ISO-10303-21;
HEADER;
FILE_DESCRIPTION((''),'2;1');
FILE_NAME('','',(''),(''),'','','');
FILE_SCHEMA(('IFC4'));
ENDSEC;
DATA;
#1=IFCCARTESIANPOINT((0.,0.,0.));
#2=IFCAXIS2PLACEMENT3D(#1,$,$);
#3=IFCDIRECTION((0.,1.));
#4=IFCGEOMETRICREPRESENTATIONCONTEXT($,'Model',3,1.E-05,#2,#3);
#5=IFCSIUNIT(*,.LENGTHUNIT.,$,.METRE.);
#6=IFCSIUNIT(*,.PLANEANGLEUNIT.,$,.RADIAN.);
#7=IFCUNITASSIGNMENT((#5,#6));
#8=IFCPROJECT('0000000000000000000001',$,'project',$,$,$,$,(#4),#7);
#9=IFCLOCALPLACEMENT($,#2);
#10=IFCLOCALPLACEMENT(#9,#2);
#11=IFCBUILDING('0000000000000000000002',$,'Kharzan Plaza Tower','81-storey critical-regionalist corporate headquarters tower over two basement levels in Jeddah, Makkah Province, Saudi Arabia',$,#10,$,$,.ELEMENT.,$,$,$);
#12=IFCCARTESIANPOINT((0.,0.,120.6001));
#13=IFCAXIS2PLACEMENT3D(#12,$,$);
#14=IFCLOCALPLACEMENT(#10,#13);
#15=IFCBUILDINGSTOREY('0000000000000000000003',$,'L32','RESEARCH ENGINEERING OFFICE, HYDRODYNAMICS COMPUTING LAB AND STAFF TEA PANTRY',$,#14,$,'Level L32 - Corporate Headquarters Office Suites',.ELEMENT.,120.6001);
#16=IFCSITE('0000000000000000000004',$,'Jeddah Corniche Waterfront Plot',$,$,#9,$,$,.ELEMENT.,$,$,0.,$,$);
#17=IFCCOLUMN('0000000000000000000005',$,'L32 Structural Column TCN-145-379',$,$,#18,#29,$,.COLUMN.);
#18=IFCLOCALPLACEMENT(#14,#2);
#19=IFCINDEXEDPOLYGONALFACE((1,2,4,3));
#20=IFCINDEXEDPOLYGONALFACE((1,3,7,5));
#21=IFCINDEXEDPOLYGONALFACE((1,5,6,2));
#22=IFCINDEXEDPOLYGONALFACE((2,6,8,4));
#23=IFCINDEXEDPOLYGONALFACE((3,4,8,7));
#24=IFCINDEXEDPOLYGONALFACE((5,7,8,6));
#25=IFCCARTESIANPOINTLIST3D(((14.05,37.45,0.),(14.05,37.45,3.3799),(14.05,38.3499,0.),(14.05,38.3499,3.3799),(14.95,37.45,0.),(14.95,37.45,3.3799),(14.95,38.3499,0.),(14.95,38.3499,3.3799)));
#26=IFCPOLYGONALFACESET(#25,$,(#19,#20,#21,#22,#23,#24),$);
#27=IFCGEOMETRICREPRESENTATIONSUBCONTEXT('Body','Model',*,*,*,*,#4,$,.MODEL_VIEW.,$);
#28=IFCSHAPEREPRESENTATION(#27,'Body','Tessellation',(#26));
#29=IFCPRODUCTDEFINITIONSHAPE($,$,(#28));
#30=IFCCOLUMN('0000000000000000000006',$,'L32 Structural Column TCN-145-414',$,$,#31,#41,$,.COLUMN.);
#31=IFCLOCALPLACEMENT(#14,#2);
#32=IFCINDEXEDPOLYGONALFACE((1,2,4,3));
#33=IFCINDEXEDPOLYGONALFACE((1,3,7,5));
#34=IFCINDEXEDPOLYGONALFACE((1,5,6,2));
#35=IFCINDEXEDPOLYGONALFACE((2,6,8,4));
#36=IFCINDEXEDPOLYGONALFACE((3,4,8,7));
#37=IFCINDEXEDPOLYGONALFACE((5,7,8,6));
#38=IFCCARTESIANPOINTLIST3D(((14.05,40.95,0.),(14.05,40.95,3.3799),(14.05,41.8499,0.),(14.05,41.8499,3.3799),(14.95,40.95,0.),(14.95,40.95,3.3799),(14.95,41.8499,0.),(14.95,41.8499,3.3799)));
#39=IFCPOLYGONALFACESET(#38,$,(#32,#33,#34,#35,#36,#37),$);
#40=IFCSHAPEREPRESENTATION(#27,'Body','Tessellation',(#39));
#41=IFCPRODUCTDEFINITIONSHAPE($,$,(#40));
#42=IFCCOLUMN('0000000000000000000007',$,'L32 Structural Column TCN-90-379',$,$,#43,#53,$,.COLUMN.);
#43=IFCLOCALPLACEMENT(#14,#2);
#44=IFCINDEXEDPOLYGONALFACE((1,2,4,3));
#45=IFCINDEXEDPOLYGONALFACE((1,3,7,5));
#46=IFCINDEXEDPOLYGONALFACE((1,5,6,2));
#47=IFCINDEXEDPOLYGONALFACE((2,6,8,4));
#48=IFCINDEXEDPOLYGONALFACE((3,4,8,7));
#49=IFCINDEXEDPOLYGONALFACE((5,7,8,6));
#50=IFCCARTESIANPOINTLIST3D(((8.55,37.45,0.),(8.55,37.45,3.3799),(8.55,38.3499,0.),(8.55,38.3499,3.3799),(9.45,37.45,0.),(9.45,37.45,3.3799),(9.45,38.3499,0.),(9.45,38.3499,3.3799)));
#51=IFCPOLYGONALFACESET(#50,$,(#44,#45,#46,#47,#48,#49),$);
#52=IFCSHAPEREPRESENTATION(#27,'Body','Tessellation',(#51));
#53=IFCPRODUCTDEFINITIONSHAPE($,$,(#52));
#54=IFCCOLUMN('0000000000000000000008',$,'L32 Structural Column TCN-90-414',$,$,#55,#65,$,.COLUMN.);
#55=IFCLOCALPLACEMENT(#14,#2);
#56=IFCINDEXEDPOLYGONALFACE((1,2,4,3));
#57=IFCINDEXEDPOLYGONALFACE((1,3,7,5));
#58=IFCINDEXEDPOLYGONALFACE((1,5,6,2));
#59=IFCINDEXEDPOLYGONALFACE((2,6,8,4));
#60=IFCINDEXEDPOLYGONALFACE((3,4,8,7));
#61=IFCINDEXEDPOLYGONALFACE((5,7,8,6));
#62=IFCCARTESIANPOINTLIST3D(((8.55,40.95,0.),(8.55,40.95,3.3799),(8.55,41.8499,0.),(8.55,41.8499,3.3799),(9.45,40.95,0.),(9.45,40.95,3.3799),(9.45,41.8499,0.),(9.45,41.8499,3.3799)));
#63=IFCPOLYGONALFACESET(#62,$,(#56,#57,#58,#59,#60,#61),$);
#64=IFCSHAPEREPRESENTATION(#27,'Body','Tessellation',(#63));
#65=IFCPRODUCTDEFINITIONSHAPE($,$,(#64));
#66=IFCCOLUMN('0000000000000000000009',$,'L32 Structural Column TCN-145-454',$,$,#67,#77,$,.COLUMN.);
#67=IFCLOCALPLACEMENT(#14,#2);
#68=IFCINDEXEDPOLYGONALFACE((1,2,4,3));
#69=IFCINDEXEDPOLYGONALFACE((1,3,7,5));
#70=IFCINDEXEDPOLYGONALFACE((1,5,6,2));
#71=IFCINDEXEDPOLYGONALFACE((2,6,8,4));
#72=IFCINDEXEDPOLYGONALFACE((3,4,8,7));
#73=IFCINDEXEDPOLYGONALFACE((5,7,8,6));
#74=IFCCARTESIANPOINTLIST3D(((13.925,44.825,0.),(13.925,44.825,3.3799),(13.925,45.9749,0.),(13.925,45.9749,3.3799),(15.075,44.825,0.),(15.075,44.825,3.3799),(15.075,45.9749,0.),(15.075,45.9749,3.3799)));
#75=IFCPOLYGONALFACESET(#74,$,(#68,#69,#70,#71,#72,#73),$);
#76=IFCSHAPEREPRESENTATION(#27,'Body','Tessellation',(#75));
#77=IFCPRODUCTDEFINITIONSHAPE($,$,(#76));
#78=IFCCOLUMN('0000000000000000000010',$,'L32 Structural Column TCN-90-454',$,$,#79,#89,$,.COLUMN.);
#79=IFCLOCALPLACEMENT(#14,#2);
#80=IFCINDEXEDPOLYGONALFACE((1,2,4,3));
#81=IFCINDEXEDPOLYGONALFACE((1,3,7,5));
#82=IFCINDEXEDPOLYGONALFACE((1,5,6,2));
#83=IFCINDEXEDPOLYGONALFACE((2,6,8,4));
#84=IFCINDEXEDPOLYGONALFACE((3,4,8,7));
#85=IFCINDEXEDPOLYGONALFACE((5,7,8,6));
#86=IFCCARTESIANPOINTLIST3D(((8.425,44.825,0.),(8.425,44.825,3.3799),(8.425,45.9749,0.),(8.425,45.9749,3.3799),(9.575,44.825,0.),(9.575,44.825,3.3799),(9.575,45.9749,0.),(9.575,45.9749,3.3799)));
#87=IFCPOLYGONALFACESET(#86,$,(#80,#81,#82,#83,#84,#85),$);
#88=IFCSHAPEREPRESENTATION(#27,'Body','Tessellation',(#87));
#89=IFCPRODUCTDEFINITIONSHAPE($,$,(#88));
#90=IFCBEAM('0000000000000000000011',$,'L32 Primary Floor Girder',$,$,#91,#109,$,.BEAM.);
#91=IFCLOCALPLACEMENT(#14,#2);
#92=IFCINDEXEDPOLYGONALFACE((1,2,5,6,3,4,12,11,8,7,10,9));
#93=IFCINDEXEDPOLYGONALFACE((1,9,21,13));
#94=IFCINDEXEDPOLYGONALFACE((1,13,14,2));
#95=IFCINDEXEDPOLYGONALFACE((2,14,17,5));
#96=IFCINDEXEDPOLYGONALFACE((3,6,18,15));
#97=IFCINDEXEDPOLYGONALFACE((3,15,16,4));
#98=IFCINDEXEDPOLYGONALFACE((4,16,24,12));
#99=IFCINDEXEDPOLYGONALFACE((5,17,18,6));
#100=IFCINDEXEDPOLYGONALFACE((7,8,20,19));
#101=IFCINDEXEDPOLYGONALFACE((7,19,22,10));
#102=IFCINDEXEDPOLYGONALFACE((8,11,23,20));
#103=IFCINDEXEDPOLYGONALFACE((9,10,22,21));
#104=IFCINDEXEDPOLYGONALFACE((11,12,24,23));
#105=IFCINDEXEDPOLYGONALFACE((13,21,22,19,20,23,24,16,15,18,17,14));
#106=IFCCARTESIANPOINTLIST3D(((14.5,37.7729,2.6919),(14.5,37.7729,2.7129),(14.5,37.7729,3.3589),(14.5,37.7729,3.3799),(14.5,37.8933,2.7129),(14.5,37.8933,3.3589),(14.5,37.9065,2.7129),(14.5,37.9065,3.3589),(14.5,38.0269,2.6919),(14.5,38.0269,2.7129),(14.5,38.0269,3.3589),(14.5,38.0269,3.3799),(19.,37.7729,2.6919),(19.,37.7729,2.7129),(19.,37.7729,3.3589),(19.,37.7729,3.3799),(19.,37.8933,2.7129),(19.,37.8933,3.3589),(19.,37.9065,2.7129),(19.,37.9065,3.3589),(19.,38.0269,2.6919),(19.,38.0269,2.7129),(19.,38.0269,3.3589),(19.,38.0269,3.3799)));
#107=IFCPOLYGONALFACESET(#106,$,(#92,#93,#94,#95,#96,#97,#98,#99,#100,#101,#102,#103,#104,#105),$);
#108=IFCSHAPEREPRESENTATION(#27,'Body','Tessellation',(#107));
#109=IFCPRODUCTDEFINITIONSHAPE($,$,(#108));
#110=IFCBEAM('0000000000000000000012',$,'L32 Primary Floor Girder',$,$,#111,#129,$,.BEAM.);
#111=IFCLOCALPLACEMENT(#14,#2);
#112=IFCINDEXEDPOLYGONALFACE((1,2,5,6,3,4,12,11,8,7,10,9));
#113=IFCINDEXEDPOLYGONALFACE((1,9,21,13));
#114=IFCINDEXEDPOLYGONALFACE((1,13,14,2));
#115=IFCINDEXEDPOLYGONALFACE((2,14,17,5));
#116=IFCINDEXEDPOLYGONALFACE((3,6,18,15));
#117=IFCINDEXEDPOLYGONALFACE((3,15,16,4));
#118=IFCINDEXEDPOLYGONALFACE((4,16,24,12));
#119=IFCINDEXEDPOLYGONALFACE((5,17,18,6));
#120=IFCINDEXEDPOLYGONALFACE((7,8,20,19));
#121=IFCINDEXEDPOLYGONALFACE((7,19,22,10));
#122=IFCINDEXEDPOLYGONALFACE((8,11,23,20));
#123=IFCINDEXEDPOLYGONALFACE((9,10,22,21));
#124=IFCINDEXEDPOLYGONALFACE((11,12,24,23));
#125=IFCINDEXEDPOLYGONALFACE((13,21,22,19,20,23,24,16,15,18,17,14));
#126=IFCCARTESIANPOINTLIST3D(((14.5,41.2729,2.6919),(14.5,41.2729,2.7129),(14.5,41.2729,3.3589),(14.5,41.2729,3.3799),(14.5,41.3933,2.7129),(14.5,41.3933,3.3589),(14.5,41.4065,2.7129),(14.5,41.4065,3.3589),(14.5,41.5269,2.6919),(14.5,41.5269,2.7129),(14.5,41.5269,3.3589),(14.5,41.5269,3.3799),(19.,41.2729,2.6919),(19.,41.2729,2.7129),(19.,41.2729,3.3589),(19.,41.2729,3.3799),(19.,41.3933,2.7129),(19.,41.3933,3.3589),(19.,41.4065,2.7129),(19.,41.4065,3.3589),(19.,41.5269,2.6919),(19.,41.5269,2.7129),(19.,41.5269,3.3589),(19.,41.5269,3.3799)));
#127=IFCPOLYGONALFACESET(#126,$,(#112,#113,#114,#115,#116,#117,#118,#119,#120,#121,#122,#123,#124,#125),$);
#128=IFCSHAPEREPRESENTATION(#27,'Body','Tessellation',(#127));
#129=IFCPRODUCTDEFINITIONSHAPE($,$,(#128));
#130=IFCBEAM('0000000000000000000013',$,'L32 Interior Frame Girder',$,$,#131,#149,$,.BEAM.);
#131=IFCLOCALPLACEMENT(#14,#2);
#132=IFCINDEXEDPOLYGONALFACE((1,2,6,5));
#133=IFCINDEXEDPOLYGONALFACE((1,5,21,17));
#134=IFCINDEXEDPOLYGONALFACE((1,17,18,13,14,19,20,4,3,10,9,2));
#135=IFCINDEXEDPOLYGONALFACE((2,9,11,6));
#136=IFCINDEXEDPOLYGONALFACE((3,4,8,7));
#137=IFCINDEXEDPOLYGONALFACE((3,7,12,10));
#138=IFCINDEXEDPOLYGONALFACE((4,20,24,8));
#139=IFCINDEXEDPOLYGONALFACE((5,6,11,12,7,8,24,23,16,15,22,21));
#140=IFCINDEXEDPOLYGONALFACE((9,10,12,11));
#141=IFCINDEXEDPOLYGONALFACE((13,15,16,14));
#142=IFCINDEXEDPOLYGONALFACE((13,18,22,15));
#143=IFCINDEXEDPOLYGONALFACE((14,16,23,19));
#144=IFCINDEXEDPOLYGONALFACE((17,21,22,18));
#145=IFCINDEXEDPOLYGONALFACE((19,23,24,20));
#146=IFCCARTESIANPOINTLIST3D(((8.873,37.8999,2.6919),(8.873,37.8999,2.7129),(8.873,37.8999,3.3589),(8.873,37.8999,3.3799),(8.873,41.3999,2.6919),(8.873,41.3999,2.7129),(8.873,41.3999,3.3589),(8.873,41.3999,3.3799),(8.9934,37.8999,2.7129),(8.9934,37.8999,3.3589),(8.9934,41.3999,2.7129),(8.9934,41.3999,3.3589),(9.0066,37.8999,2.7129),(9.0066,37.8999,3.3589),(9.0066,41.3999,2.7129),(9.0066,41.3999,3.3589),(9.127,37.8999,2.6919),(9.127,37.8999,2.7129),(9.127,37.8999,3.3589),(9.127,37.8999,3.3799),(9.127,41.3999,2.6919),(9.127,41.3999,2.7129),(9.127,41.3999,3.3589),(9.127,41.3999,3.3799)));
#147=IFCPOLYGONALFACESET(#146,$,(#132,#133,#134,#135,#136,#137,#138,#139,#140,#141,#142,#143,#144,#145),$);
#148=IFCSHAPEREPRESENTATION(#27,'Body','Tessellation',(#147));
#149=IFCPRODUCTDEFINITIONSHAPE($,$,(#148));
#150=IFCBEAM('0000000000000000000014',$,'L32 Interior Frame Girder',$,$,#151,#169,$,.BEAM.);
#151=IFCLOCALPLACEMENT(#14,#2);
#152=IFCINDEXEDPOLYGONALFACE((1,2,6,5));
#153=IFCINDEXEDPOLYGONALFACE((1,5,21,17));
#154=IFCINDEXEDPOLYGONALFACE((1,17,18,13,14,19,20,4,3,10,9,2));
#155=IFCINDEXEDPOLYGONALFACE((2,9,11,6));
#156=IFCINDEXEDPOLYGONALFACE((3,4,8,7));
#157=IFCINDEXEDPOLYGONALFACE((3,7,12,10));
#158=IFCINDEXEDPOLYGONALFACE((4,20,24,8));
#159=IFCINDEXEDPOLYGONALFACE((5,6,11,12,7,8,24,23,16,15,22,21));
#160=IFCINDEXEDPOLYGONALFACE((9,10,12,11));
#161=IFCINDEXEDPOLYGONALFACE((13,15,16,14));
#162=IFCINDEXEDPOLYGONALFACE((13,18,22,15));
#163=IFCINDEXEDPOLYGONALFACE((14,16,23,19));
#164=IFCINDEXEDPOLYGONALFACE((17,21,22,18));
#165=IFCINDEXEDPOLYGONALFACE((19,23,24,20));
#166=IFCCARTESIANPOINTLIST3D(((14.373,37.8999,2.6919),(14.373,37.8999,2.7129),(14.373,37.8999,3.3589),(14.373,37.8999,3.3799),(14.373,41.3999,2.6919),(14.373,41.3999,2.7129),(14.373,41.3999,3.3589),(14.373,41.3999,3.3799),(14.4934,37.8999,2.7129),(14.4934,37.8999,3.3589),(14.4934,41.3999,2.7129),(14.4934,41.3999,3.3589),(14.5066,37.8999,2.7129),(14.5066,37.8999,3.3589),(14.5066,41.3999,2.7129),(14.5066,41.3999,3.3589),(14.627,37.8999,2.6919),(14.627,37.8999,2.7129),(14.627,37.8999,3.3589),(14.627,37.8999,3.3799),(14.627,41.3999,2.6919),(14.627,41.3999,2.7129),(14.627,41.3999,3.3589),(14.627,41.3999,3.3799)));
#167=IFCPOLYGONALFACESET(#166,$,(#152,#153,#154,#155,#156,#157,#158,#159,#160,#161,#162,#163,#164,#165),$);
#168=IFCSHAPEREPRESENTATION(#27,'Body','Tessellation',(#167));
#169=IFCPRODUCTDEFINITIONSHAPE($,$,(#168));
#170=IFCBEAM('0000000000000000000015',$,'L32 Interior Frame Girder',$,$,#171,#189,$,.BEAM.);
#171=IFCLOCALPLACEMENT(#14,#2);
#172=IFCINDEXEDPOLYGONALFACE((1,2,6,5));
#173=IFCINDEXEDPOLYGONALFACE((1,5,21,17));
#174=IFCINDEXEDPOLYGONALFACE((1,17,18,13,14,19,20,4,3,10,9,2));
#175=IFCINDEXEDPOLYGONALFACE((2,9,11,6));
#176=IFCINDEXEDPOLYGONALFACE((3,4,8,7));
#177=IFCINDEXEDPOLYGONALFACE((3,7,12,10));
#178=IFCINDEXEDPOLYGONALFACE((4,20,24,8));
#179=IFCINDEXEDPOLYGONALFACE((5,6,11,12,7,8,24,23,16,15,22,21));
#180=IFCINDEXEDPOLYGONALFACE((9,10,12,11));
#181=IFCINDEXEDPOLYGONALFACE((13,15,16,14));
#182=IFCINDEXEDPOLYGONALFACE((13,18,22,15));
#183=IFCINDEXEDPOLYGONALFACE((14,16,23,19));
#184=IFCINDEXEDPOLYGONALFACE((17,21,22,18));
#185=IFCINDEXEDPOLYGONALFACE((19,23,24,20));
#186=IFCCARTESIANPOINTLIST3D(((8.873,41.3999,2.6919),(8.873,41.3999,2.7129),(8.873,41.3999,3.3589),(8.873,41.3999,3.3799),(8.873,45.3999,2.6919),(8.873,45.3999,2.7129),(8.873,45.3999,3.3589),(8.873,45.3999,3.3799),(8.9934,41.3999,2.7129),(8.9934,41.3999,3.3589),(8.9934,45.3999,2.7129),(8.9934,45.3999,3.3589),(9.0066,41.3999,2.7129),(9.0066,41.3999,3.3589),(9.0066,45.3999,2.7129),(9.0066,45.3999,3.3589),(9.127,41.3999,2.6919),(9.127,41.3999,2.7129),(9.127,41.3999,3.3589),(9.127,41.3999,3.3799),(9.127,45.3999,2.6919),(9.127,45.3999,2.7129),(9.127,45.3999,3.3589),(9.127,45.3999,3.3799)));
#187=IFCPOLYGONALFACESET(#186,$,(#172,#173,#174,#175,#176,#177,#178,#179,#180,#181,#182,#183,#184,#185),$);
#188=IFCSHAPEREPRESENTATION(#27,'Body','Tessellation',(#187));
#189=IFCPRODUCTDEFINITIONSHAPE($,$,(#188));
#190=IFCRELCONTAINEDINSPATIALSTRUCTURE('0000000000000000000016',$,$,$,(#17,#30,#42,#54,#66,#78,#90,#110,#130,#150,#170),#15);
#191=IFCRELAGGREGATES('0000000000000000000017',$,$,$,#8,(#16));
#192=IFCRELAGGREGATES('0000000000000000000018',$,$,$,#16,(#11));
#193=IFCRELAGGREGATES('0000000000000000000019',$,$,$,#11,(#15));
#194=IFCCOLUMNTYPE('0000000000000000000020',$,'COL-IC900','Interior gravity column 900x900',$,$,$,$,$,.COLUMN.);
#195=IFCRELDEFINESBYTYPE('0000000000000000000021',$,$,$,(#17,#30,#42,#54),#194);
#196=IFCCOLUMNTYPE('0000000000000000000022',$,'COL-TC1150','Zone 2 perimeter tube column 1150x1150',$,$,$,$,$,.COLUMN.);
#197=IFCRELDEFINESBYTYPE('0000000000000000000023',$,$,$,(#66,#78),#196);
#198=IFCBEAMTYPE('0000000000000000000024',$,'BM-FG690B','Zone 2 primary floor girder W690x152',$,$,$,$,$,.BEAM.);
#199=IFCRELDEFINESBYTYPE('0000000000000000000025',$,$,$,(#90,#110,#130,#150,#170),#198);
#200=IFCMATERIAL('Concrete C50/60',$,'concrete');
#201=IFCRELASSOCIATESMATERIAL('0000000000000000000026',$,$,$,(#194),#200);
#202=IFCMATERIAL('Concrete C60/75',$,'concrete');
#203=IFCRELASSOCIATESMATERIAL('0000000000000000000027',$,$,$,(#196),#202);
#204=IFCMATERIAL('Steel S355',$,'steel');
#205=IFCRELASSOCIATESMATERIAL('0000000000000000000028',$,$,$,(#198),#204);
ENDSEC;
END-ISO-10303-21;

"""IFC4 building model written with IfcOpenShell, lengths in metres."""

from ifc_helpers import new_model, si_unit, direction, frame, origin, origin_2d, place, context, subcontext, project, spatial, rectangle, i_section, extrude, source, transform, mapped, material, material_profile, profile_set, type_object, element, save


model = new_model("IFC4")

# Units and contexts
model_context = context("Model", 3, precision=1e-05, world=origin(), true_north=direction((0.0, 1.0)))
body_context = subcontext(model_context, "Body", "Model", "MODEL_VIEW")
ifc_project = project(units=[si_unit("LENGTHUNIT", "METRE"), si_unit("PLANEANGLEUNIT", "RADIAN")], contexts=[model_context])

# Site, building, storey
site_placement = place(None, origin())
site = spatial("IfcSite", under=ifc_project, at=site_placement, Name="Jeddah Corniche Waterfront Plot", CompositionType="ELEMENT", RefElevation=0.0)
building_placement = place(site_placement, origin())
building = spatial("IfcBuilding", under=site, at=building_placement, Name="Kharzan Plaza Tower", Description="81-storey critical-regionalist corporate headquarters tower over two basement levels in Jeddah, Makkah Province, Saudi Arabia", CompositionType="ELEMENT")
storey_placement = place(building_placement, frame((0.0, 0.0, 120.6001)))
storey = spatial("IfcBuildingStorey", under=building, at=storey_placement, Name="L32", Description="RESEARCH ENGINEERING OFFICE, HYDRODYNAMICS COMPUTING LAB AND STAFF TEA PANTRY", LongName="Level L32 - Corporate Headquarters Office Suites", CompositionType="ELEMENT", Elevation=120.6001)

# Columns
ifc_material_1 = material(Name="Concrete C50/60", Category="concrete")
ifc_material_profile_1 = material_profile(ifc_material_1, rectangle(XDim=0.8999, YDim=0.8999, at=origin_2d()), Name="RC-IC900x900")
ifc_profile_set_1 = profile_set([ifc_material_profile_1], Name="Concrete C50/60")
column_type_1 = type_object("IfcColumnType", Name="COL-IC900", Description="Interior gravity column 900x900", PredefinedType="COLUMN", material=ifc_profile_set_1)
shared_shape_1 = source(origin(), body_context, "Body", "SweptSolid", [
    extrude(rectangle(XDim=0.8999, YDim=0.8999, at=origin_2d()), origin(), (0.0, 0.0, 1.0), 3.3799),
])
for number, where, z_axis, x_axis, name in (
    (1, (14.5, 37.8999, 0.0), (0.0, 0.0, 1.0), (1.0, 0.0, 0.0), "L32 Structural Column TCN-145-379"),
    (2, (14.5, 41.3999, 0.0), (0.0, 0.0, 1.0), (1.0, 0.0, 0.0), "L32 Structural Column TCN-145-414"),
    (3, (9.0, 37.8999, 0.0), (0.0, 0.0, 1.0), (1.0, 0.0, 0.0), "L32 Structural Column TCN-90-379"),
    (4, (9.0, 41.3999, 0.0), (0.0, 0.0, 1.0), (1.0, 0.0, 0.0), "L32 Structural Column TCN-90-414"),
):
    element("IfcColumn", number, at=place(storey_placement, frame(where, z_axis=z_axis, x_axis=x_axis)), inside=storey, type_object=column_type_1, Name=name, PredefinedType="COLUMN", context=body_context, shape_type="MappedRepresentation", body=[
        mapped(shared_shape_1, transform((0.0, 0.0, 0.0), x_axis=(1.0, 0.0, 0.0), y_axis=(0.0, 1.0, 0.0), z_axis=(0.0, 0.0, 1.0))),
    ])
ifc_material_2 = material(Name="Concrete C60/75", Category="concrete")
ifc_material_profile_2 = material_profile(ifc_material_2, rectangle(XDim=1.1499, YDim=1.1499, at=origin_2d()), Name="RC-TC1150x1150")
ifc_profile_set_2 = profile_set([ifc_material_profile_2], Name="Concrete C60/75")
column_type_2 = type_object("IfcColumnType", Name="COL-TC1150", Description="Zone 2 perimeter tube column 1150x1150", PredefinedType="COLUMN", material=ifc_profile_set_2)
shared_shape_2 = source(origin(), body_context, "Body", "SweptSolid", [
    extrude(rectangle(XDim=1.1499, YDim=1.1499, at=origin_2d()), origin(), (0.0, 0.0, 1.0), 3.3799),
])
for number, where, z_axis, x_axis, name in (
    (5, (14.5, 45.3999, 0.0), (0.0, 0.0, 1.0), (1.0, 0.0, 0.0), "L32 Structural Column TCN-145-454"),
    (6, (9.0, 45.3999, 0.0), (0.0, 0.0, 1.0), (1.0, 0.0, 0.0), "L32 Structural Column TCN-90-454"),
):
    element("IfcColumn", number, at=place(storey_placement, frame(where, z_axis=z_axis, x_axis=x_axis)), inside=storey, type_object=column_type_2, Name=name, PredefinedType="COLUMN", context=body_context, shape_type="MappedRepresentation", body=[
        mapped(shared_shape_2, transform((0.0, 0.0, 0.0), x_axis=(1.0, 0.0, 0.0), y_axis=(0.0, 1.0, 0.0), z_axis=(0.0, 0.0, 1.0))),
    ])

# Beams
ifc_material_3 = material(Name="Steel S355", Category="steel")
ifc_material_profile_3 = material_profile(ifc_material_3, i_section(OverallWidth=0.2539, OverallDepth=0.688, WebThickness=0.0132, FlangeThickness=0.021, at=origin_2d()), Name="W690x152")
ifc_profile_set_3 = profile_set([ifc_material_profile_3], Name="Steel S355")
beam_type_1 = type_object("IfcBeamType", Name="BM-FG690B", Description="Zone 2 primary floor girder W690x152", PredefinedType="BEAM", material=ifc_profile_set_3)
shared_shape_3 = source(origin(), body_context, "Body", "SweptSolid", [
    extrude(i_section(OverallWidth=0.2539, OverallDepth=0.688, WebThickness=0.0132, FlangeThickness=0.021, at=origin_2d()), origin(), (0.0, 0.0, 1.0), 4.5),
])
for number, where, z_axis, x_axis, name in (
    (7, (14.5, 37.8999, 3.0359), (1.0, 0.0, 0.0), (0.0, 1.0, 0.0), "L32 Primary Floor Girder"),
    (8, (14.5, 41.3999, 3.0359), (1.0, 0.0, 0.0), (0.0, 1.0, 0.0), "L32 Primary Floor Girder"),
):
    element("IfcBeam", number, at=place(storey_placement, frame(where, z_axis=z_axis, x_axis=x_axis)), inside=storey, type_object=beam_type_1, Name=name, PredefinedType="BEAM", context=body_context, shape_type="MappedRepresentation", body=[
        mapped(shared_shape_3, transform((0.0, 0.0, 0.0), x_axis=(1.0, 0.0, 0.0), y_axis=(0.0, 1.0, 0.0), z_axis=(0.0, 0.0, 1.0))),
    ])
shared_shape_4 = source(origin(), body_context, "Body", "SweptSolid", [
    extrude(i_section(OverallWidth=0.2539, OverallDepth=0.688, WebThickness=0.0132, FlangeThickness=0.021, at=origin_2d()), origin(), (0.0, 0.0, 1.0), 3.5),
])
for number, where, z_axis, x_axis, name in (
    (9, (9.0, 37.8999, 3.0359), (0.0, 1.0, 0.0), (-1.0, 0.0, 0.0), "L32 Interior Frame Girder"),
    (10, (14.5, 37.8999, 3.0359), (0.0, 1.0, 0.0), (-1.0, 0.0, 0.0), "L32 Interior Frame Girder"),
):
    element("IfcBeam", number, at=place(storey_placement, frame(where, z_axis=z_axis, x_axis=x_axis)), inside=storey, type_object=beam_type_1, Name=name, PredefinedType="BEAM", context=body_context, shape_type="MappedRepresentation", body=[
        mapped(shared_shape_4, transform((0.0, 0.0, 0.0), x_axis=(1.0, 0.0, 0.0), y_axis=(0.0, 1.0, 0.0), z_axis=(0.0, 0.0, 1.0))),
    ])
shared_shape_5 = source(origin(), body_context, "Body", "SweptSolid", [
    extrude(i_section(OverallWidth=0.2539, OverallDepth=0.688, WebThickness=0.0132, FlangeThickness=0.021, at=origin_2d()), origin(), (0.0, 0.0, 1.0), 4.0),
])
for number, where, z_axis, x_axis, name in (
    (11, (9.0, 41.3999, 3.0359), (0.0, 1.0, 0.0), (-1.0, 0.0, 0.0), "L32 Interior Frame Girder"),
):
    element("IfcBeam", number, at=place(storey_placement, frame(where, z_axis=z_axis, x_axis=x_axis)), inside=storey, type_object=beam_type_1, Name=name, PredefinedType="BEAM", context=body_context, shape_type="MappedRepresentation", body=[
        mapped(shared_shape_5, transform((0.0, 0.0, 0.0), x_axis=(1.0, 0.0, 0.0), y_axis=(0.0, 1.0, 0.0), z_axis=(0.0, 0.0, 1.0))),
    ])

save(model, "model.ifc")
